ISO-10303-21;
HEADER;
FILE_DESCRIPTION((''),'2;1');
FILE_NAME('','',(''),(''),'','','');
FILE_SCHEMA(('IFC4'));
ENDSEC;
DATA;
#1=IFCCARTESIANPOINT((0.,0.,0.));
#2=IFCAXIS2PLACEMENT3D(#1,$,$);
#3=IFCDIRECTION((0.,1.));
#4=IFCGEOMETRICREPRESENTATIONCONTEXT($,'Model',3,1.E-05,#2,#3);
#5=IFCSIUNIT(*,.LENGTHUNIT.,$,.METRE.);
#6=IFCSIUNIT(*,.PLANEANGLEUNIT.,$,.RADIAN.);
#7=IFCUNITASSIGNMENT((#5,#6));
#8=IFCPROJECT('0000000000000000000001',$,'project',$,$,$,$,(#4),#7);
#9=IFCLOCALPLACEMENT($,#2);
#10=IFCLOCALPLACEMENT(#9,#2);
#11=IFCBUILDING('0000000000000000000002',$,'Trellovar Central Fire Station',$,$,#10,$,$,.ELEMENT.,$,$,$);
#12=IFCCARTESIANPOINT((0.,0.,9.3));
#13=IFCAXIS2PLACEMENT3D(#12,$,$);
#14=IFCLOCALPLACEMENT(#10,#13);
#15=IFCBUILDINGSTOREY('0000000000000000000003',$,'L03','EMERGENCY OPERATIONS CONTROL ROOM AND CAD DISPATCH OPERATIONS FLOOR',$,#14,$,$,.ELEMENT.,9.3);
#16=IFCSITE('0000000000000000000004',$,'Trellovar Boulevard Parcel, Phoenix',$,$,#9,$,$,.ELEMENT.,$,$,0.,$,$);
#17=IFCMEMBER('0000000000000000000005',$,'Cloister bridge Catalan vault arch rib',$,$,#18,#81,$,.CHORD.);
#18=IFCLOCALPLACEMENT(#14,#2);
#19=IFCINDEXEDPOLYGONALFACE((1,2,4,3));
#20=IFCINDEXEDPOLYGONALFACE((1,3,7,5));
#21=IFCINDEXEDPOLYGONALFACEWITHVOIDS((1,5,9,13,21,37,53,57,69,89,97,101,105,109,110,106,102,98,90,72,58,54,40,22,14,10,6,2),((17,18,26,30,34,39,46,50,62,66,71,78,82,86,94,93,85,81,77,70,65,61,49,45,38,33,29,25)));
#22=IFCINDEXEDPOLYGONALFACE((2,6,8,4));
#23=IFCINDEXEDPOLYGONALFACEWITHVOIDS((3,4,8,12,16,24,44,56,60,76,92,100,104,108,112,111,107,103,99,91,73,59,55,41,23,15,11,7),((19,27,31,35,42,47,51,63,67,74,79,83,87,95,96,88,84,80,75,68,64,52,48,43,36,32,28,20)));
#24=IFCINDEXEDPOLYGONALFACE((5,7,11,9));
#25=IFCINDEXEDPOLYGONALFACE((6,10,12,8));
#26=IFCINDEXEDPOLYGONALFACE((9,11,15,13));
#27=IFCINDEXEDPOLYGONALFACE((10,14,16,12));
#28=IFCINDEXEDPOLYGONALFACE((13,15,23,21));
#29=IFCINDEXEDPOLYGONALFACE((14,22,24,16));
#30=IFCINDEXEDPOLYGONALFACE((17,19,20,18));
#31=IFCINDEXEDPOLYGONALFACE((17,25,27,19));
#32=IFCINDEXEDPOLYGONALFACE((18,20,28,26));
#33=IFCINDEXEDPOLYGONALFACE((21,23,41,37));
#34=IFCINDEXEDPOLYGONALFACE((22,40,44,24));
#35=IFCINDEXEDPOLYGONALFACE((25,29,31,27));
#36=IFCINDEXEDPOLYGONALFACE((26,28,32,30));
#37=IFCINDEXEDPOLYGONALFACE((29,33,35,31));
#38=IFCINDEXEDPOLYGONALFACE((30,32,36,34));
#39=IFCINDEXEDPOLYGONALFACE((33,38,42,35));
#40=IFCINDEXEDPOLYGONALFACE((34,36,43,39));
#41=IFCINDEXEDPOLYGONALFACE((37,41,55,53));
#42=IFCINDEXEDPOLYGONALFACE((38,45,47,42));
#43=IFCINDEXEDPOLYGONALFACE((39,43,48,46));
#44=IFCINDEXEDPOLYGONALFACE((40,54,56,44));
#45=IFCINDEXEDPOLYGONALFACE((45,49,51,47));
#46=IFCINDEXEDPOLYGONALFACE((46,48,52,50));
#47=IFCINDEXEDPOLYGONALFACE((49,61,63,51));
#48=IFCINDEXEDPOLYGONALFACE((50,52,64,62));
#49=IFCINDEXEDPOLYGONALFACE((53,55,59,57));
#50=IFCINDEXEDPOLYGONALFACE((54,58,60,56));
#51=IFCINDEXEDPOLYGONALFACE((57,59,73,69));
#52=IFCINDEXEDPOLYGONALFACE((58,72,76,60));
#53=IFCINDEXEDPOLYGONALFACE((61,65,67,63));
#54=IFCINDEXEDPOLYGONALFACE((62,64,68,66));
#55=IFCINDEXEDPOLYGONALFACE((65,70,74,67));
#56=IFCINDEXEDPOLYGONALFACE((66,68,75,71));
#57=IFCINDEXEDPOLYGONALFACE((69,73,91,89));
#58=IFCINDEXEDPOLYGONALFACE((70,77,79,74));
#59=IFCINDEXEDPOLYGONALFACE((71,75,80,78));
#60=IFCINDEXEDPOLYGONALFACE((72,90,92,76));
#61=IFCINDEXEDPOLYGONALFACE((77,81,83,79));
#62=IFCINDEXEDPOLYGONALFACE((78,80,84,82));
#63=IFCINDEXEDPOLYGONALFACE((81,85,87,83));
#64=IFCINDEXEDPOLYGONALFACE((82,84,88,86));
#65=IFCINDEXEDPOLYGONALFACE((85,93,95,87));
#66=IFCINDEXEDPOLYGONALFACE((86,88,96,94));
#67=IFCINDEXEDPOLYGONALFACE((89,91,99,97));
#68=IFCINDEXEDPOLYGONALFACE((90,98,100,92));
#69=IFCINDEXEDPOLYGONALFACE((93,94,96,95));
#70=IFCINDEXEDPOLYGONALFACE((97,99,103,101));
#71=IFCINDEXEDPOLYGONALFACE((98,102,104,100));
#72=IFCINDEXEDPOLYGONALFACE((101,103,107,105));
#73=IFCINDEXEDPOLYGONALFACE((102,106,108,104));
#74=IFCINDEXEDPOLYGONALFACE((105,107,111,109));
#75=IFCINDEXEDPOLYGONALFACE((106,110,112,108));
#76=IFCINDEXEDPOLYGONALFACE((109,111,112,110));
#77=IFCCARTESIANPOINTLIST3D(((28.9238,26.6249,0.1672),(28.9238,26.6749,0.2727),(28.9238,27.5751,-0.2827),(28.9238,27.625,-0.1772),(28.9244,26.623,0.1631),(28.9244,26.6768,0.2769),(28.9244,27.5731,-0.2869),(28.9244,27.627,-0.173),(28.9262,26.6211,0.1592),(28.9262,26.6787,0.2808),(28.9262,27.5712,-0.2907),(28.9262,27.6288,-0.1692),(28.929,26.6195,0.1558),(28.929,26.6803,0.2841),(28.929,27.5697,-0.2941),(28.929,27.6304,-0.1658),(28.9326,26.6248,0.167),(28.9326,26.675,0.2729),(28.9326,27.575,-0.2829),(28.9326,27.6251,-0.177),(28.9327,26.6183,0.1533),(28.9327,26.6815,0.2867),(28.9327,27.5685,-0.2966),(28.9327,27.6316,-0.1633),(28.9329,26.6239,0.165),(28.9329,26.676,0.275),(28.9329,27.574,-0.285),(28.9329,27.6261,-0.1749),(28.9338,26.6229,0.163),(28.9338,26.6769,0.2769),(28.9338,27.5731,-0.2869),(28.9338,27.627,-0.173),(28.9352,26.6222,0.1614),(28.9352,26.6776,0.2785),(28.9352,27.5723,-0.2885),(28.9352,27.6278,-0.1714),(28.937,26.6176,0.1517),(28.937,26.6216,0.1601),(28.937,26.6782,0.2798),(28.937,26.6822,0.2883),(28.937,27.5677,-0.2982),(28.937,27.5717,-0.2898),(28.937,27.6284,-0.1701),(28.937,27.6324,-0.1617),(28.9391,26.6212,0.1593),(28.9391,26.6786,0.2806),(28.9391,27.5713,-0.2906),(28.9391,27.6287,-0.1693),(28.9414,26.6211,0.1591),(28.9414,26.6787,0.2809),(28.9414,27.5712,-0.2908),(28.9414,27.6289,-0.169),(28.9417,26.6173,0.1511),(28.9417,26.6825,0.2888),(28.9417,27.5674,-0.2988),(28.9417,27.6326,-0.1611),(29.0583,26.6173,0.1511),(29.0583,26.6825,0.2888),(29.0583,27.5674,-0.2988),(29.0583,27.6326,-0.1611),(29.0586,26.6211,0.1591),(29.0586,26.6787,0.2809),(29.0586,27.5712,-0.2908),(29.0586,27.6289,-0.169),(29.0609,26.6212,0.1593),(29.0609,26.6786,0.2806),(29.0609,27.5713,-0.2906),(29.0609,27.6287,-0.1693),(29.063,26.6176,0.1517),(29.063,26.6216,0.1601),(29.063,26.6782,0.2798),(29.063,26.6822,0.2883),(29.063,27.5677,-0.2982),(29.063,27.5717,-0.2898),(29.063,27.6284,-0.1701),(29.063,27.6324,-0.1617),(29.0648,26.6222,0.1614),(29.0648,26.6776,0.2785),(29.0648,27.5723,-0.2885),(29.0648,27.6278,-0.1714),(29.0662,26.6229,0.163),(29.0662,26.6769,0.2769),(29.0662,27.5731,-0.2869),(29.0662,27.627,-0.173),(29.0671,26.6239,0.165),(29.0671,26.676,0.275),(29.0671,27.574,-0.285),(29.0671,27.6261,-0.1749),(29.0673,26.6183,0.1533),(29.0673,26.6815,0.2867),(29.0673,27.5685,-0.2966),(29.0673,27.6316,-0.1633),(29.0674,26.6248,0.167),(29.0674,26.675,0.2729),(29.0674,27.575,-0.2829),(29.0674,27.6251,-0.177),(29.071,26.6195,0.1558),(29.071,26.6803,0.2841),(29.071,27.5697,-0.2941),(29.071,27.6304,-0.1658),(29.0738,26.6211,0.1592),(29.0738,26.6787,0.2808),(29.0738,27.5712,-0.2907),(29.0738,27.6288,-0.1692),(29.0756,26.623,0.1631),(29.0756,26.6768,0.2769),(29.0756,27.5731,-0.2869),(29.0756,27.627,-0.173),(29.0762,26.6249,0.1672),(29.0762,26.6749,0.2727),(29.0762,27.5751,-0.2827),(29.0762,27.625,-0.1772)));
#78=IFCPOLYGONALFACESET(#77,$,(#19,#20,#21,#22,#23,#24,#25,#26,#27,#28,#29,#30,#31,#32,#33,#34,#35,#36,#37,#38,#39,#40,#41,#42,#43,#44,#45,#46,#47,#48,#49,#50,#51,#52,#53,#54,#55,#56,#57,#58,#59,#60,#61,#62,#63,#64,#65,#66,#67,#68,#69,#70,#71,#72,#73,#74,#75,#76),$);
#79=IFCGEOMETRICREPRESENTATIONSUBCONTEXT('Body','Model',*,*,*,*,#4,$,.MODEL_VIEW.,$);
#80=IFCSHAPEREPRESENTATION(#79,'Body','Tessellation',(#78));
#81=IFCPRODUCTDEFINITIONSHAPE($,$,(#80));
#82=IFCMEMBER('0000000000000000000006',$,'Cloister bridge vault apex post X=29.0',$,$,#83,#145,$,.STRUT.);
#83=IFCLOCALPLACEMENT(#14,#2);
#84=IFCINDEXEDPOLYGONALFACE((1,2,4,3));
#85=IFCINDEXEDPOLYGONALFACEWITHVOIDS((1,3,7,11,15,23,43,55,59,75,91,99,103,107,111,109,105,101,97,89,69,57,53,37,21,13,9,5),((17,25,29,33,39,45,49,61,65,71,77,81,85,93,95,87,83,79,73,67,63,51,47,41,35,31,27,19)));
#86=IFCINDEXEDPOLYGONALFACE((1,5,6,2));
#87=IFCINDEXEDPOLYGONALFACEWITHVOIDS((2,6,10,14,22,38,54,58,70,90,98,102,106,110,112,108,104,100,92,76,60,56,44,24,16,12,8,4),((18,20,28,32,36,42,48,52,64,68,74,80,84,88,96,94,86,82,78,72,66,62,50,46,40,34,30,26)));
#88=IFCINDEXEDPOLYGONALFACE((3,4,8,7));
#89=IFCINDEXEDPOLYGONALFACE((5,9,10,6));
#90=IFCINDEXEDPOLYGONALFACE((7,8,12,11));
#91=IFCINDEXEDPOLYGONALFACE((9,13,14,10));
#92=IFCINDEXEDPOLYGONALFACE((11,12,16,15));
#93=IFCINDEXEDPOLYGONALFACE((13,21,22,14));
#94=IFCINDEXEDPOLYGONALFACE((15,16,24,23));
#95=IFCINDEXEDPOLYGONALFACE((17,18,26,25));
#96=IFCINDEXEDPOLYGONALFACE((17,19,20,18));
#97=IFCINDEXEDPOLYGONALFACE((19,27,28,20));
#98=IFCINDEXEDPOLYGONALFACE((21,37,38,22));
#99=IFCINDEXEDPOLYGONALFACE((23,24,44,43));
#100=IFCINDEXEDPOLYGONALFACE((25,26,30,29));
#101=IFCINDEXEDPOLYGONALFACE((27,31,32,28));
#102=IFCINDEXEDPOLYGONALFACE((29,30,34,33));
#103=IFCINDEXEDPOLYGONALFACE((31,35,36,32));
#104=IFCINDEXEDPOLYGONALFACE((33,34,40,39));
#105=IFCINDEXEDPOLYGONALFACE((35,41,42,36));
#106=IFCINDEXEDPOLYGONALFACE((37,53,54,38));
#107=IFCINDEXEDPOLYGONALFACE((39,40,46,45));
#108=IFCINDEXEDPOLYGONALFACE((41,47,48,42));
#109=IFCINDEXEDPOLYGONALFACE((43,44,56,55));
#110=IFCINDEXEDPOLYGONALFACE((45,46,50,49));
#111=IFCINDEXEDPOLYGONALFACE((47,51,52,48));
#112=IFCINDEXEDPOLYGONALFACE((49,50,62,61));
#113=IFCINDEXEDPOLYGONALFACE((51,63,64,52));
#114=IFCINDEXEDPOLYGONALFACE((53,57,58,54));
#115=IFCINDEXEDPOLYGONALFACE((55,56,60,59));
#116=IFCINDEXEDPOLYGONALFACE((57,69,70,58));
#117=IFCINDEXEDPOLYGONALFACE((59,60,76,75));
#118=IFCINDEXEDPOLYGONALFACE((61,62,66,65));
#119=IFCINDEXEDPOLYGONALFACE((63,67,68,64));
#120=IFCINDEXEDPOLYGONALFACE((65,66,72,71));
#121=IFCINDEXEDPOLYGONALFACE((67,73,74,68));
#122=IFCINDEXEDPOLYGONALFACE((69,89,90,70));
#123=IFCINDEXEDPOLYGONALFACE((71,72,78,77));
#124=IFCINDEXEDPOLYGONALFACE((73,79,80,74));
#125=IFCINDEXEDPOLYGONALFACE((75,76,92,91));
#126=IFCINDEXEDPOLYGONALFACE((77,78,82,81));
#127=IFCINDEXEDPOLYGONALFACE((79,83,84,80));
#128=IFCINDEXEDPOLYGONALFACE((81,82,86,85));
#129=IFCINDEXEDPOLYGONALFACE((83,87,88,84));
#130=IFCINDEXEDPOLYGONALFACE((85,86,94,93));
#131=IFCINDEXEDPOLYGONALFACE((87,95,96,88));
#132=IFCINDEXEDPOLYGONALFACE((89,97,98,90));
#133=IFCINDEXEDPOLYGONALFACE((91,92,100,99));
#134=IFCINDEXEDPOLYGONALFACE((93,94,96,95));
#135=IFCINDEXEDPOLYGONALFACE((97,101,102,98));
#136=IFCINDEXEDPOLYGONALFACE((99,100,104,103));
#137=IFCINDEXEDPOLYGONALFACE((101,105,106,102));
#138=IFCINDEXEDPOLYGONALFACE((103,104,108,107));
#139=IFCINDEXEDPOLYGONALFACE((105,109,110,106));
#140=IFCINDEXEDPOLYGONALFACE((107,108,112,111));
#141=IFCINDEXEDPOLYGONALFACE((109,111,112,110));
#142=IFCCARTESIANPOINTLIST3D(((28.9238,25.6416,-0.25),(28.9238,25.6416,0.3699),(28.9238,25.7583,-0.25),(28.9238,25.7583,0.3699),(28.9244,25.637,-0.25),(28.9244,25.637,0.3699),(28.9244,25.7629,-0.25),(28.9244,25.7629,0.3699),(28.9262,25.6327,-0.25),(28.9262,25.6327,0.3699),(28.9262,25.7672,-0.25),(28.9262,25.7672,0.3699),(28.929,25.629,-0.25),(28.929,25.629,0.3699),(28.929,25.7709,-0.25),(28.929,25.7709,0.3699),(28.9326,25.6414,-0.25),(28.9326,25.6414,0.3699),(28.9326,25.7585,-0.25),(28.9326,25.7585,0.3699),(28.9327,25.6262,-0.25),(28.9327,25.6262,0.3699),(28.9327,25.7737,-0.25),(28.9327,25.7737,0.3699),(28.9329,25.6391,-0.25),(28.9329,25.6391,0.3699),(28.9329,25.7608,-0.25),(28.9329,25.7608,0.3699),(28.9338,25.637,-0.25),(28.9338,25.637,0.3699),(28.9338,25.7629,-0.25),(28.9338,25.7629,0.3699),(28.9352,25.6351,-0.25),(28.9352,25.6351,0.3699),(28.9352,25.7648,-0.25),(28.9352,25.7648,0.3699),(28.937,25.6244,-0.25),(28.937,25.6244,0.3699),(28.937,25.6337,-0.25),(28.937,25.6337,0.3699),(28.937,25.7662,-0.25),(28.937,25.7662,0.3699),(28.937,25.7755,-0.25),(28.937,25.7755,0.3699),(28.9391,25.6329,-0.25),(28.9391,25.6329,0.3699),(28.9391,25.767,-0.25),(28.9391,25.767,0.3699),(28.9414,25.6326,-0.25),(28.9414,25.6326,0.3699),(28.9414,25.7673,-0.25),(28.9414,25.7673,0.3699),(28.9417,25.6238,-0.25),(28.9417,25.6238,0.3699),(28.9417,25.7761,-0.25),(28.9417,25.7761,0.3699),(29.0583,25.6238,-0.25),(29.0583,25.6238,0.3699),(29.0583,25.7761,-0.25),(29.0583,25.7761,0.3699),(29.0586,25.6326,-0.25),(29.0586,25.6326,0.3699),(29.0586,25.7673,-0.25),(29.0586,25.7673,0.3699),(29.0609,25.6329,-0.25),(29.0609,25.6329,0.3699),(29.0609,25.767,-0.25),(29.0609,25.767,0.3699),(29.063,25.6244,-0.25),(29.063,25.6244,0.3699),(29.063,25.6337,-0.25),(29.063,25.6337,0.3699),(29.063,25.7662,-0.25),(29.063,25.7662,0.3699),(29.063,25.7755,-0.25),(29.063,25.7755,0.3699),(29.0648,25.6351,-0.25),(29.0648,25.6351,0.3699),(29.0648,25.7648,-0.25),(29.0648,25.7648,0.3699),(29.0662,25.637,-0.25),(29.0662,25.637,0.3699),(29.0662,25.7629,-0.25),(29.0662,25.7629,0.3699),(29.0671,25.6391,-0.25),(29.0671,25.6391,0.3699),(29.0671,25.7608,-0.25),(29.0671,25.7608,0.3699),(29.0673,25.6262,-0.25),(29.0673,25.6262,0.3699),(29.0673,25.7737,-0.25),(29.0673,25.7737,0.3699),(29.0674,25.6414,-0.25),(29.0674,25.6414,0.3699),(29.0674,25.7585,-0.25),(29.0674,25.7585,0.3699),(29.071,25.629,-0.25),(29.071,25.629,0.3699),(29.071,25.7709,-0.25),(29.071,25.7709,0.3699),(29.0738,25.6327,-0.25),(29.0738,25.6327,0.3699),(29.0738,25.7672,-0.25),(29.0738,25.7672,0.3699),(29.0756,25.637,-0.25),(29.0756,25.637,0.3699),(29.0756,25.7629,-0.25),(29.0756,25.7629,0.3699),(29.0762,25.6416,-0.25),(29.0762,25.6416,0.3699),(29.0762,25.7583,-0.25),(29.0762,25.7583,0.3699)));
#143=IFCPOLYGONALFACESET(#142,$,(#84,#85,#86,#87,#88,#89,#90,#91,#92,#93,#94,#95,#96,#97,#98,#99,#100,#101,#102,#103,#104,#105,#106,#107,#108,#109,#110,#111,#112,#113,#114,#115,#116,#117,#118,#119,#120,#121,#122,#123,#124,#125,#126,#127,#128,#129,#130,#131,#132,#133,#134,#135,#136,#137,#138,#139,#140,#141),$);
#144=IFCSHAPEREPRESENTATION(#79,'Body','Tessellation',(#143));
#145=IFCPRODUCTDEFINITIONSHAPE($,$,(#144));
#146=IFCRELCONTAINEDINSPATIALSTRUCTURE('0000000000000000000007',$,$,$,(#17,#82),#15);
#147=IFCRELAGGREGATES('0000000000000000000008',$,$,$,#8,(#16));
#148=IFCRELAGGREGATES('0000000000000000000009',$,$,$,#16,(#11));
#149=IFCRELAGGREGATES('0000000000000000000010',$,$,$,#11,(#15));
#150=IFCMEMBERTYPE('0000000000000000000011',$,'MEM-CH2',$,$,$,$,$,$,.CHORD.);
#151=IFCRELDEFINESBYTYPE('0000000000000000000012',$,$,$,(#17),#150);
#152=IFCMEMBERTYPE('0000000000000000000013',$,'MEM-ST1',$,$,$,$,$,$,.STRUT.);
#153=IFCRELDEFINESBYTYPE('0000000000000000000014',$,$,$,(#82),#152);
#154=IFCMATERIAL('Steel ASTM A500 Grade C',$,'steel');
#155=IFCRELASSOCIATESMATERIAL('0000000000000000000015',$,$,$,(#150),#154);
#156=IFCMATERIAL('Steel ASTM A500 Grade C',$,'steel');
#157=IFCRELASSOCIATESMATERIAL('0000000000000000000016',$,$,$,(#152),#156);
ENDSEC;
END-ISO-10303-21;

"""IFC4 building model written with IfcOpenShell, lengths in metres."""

from ifc_helpers import new_model, si_unit, direction, frame, origin, origin_2d, place, context, subcontext, project, spatial, hollow_rectangle, extrude, material, material_profile, profile_set, type_object, element, save


model = new_model("IFC4")

# Units and contexts
model_context = context("Model", 3, precision=1e-05, world=origin(), true_north=direction((0.0, 1.0)))
body_context = subcontext(model_context, "Body", "Model", "MODEL_VIEW")
ifc_project = project(units=[si_unit("LENGTHUNIT", "METRE"), si_unit("PLANEANGLEUNIT", "RADIAN")], contexts=[model_context])

# Site, building, storey
site_placement = place(None, origin())
site = spatial("IfcSite", under=ifc_project, at=site_placement, Name="Trellovar Boulevard Parcel, Phoenix", CompositionType="ELEMENT", RefElevation=0.0)
building_placement = place(site_placement, origin())
building = spatial("IfcBuilding", under=site, at=building_placement, Name="Trellovar Central Fire Station", CompositionType="ELEMENT")
storey_placement = place(building_placement, frame((0.0, 0.0, 9.3)))
storey = spatial("IfcBuildingStorey", under=building, at=storey_placement, Name="L03", Description="EMERGENCY OPERATIONS CONTROL ROOM AND CAD DISPATCH OPERATIONS FLOOR", CompositionType="ELEMENT", Elevation=9.3)

# Members
ifc_material_1 = material(Name="Steel ASTM A500 Grade C", Category="steel")
ifc_material_profile_1 = material_profile(ifc_material_1, hollow_rectangle(XDim=0.1523, YDim=0.1523, WallThickness=0.0088, InnerFilletRadius=0.0088, OuterFilletRadius=0.0178, at=origin_2d()), Name="HSS6X6X3/8")
ifc_profile_set_1 = profile_set([ifc_material_profile_1], Name="Steel ASTM A500 Grade C")
member_type_1 = type_object("IfcMemberType", Name="MEM-CH2", PredefinedType="CHORD", material=ifc_profile_set_1)
member_1_placement = place(storey_placement, frame((29.0, 26.6499, 0.22), z_axis=(0.0, 0.90379, -0.427977), x_axis=(-1.0, 0.0, 0.0)))
element("IfcMember", 1, at=member_1_placement, inside=storey, type_object=member_type_1, Name="Cloister bridge Catalan vault arch rib", PredefinedType="CHORD", context=body_context, shape_type="SweptSolid", body=[
    extrude(hollow_rectangle(XDim=0.1523, YDim=0.1523, WallThickness=0.0088, InnerFilletRadius=0.0088, OuterFilletRadius=0.0178, at=origin_2d()), origin(), (0.0, 0.0, 1.0), 1.0513),
])
ifc_material_2 = material(Name="Steel ASTM A500 Grade C", Category="steel")
ifc_material_profile_2 = material_profile(ifc_material_2, hollow_rectangle(XDim=0.1523, YDim=0.1523, WallThickness=0.0088, InnerFilletRadius=0.0088, OuterFilletRadius=0.0178, at=origin_2d()), Name="HSS6X6X3/8")
ifc_profile_set_2 = profile_set([ifc_material_profile_2], Name="Steel ASTM A500 Grade C")
member_type_2 = type_object("IfcMemberType", Name="MEM-ST1", PredefinedType="STRUT", material=ifc_profile_set_2)
for number, where, z_axis, x_axis, name in (
    (2, (29.0, 25.7, -0.25), (0.0, 0.0, 1.0), (1.0, 0.0, 0.0), "Cloister bridge vault apex post X=29.0"),
):
    element("IfcMember", number, at=place(storey_placement, frame(where, z_axis=z_axis, x_axis=x_axis)), inside=storey, type_object=member_type_2, Name=name, PredefinedType="STRUT", context=body_context, shape_type="SweptSolid", body=[
        extrude(hollow_rectangle(XDim=0.1523, YDim=0.1523, WallThickness=0.0088, InnerFilletRadius=0.0088, OuterFilletRadius=0.0178, at=origin_2d()), origin(), (0.0, 0.0, 1.0), 0.6199),
    ])

save(model, "model.ifc")
